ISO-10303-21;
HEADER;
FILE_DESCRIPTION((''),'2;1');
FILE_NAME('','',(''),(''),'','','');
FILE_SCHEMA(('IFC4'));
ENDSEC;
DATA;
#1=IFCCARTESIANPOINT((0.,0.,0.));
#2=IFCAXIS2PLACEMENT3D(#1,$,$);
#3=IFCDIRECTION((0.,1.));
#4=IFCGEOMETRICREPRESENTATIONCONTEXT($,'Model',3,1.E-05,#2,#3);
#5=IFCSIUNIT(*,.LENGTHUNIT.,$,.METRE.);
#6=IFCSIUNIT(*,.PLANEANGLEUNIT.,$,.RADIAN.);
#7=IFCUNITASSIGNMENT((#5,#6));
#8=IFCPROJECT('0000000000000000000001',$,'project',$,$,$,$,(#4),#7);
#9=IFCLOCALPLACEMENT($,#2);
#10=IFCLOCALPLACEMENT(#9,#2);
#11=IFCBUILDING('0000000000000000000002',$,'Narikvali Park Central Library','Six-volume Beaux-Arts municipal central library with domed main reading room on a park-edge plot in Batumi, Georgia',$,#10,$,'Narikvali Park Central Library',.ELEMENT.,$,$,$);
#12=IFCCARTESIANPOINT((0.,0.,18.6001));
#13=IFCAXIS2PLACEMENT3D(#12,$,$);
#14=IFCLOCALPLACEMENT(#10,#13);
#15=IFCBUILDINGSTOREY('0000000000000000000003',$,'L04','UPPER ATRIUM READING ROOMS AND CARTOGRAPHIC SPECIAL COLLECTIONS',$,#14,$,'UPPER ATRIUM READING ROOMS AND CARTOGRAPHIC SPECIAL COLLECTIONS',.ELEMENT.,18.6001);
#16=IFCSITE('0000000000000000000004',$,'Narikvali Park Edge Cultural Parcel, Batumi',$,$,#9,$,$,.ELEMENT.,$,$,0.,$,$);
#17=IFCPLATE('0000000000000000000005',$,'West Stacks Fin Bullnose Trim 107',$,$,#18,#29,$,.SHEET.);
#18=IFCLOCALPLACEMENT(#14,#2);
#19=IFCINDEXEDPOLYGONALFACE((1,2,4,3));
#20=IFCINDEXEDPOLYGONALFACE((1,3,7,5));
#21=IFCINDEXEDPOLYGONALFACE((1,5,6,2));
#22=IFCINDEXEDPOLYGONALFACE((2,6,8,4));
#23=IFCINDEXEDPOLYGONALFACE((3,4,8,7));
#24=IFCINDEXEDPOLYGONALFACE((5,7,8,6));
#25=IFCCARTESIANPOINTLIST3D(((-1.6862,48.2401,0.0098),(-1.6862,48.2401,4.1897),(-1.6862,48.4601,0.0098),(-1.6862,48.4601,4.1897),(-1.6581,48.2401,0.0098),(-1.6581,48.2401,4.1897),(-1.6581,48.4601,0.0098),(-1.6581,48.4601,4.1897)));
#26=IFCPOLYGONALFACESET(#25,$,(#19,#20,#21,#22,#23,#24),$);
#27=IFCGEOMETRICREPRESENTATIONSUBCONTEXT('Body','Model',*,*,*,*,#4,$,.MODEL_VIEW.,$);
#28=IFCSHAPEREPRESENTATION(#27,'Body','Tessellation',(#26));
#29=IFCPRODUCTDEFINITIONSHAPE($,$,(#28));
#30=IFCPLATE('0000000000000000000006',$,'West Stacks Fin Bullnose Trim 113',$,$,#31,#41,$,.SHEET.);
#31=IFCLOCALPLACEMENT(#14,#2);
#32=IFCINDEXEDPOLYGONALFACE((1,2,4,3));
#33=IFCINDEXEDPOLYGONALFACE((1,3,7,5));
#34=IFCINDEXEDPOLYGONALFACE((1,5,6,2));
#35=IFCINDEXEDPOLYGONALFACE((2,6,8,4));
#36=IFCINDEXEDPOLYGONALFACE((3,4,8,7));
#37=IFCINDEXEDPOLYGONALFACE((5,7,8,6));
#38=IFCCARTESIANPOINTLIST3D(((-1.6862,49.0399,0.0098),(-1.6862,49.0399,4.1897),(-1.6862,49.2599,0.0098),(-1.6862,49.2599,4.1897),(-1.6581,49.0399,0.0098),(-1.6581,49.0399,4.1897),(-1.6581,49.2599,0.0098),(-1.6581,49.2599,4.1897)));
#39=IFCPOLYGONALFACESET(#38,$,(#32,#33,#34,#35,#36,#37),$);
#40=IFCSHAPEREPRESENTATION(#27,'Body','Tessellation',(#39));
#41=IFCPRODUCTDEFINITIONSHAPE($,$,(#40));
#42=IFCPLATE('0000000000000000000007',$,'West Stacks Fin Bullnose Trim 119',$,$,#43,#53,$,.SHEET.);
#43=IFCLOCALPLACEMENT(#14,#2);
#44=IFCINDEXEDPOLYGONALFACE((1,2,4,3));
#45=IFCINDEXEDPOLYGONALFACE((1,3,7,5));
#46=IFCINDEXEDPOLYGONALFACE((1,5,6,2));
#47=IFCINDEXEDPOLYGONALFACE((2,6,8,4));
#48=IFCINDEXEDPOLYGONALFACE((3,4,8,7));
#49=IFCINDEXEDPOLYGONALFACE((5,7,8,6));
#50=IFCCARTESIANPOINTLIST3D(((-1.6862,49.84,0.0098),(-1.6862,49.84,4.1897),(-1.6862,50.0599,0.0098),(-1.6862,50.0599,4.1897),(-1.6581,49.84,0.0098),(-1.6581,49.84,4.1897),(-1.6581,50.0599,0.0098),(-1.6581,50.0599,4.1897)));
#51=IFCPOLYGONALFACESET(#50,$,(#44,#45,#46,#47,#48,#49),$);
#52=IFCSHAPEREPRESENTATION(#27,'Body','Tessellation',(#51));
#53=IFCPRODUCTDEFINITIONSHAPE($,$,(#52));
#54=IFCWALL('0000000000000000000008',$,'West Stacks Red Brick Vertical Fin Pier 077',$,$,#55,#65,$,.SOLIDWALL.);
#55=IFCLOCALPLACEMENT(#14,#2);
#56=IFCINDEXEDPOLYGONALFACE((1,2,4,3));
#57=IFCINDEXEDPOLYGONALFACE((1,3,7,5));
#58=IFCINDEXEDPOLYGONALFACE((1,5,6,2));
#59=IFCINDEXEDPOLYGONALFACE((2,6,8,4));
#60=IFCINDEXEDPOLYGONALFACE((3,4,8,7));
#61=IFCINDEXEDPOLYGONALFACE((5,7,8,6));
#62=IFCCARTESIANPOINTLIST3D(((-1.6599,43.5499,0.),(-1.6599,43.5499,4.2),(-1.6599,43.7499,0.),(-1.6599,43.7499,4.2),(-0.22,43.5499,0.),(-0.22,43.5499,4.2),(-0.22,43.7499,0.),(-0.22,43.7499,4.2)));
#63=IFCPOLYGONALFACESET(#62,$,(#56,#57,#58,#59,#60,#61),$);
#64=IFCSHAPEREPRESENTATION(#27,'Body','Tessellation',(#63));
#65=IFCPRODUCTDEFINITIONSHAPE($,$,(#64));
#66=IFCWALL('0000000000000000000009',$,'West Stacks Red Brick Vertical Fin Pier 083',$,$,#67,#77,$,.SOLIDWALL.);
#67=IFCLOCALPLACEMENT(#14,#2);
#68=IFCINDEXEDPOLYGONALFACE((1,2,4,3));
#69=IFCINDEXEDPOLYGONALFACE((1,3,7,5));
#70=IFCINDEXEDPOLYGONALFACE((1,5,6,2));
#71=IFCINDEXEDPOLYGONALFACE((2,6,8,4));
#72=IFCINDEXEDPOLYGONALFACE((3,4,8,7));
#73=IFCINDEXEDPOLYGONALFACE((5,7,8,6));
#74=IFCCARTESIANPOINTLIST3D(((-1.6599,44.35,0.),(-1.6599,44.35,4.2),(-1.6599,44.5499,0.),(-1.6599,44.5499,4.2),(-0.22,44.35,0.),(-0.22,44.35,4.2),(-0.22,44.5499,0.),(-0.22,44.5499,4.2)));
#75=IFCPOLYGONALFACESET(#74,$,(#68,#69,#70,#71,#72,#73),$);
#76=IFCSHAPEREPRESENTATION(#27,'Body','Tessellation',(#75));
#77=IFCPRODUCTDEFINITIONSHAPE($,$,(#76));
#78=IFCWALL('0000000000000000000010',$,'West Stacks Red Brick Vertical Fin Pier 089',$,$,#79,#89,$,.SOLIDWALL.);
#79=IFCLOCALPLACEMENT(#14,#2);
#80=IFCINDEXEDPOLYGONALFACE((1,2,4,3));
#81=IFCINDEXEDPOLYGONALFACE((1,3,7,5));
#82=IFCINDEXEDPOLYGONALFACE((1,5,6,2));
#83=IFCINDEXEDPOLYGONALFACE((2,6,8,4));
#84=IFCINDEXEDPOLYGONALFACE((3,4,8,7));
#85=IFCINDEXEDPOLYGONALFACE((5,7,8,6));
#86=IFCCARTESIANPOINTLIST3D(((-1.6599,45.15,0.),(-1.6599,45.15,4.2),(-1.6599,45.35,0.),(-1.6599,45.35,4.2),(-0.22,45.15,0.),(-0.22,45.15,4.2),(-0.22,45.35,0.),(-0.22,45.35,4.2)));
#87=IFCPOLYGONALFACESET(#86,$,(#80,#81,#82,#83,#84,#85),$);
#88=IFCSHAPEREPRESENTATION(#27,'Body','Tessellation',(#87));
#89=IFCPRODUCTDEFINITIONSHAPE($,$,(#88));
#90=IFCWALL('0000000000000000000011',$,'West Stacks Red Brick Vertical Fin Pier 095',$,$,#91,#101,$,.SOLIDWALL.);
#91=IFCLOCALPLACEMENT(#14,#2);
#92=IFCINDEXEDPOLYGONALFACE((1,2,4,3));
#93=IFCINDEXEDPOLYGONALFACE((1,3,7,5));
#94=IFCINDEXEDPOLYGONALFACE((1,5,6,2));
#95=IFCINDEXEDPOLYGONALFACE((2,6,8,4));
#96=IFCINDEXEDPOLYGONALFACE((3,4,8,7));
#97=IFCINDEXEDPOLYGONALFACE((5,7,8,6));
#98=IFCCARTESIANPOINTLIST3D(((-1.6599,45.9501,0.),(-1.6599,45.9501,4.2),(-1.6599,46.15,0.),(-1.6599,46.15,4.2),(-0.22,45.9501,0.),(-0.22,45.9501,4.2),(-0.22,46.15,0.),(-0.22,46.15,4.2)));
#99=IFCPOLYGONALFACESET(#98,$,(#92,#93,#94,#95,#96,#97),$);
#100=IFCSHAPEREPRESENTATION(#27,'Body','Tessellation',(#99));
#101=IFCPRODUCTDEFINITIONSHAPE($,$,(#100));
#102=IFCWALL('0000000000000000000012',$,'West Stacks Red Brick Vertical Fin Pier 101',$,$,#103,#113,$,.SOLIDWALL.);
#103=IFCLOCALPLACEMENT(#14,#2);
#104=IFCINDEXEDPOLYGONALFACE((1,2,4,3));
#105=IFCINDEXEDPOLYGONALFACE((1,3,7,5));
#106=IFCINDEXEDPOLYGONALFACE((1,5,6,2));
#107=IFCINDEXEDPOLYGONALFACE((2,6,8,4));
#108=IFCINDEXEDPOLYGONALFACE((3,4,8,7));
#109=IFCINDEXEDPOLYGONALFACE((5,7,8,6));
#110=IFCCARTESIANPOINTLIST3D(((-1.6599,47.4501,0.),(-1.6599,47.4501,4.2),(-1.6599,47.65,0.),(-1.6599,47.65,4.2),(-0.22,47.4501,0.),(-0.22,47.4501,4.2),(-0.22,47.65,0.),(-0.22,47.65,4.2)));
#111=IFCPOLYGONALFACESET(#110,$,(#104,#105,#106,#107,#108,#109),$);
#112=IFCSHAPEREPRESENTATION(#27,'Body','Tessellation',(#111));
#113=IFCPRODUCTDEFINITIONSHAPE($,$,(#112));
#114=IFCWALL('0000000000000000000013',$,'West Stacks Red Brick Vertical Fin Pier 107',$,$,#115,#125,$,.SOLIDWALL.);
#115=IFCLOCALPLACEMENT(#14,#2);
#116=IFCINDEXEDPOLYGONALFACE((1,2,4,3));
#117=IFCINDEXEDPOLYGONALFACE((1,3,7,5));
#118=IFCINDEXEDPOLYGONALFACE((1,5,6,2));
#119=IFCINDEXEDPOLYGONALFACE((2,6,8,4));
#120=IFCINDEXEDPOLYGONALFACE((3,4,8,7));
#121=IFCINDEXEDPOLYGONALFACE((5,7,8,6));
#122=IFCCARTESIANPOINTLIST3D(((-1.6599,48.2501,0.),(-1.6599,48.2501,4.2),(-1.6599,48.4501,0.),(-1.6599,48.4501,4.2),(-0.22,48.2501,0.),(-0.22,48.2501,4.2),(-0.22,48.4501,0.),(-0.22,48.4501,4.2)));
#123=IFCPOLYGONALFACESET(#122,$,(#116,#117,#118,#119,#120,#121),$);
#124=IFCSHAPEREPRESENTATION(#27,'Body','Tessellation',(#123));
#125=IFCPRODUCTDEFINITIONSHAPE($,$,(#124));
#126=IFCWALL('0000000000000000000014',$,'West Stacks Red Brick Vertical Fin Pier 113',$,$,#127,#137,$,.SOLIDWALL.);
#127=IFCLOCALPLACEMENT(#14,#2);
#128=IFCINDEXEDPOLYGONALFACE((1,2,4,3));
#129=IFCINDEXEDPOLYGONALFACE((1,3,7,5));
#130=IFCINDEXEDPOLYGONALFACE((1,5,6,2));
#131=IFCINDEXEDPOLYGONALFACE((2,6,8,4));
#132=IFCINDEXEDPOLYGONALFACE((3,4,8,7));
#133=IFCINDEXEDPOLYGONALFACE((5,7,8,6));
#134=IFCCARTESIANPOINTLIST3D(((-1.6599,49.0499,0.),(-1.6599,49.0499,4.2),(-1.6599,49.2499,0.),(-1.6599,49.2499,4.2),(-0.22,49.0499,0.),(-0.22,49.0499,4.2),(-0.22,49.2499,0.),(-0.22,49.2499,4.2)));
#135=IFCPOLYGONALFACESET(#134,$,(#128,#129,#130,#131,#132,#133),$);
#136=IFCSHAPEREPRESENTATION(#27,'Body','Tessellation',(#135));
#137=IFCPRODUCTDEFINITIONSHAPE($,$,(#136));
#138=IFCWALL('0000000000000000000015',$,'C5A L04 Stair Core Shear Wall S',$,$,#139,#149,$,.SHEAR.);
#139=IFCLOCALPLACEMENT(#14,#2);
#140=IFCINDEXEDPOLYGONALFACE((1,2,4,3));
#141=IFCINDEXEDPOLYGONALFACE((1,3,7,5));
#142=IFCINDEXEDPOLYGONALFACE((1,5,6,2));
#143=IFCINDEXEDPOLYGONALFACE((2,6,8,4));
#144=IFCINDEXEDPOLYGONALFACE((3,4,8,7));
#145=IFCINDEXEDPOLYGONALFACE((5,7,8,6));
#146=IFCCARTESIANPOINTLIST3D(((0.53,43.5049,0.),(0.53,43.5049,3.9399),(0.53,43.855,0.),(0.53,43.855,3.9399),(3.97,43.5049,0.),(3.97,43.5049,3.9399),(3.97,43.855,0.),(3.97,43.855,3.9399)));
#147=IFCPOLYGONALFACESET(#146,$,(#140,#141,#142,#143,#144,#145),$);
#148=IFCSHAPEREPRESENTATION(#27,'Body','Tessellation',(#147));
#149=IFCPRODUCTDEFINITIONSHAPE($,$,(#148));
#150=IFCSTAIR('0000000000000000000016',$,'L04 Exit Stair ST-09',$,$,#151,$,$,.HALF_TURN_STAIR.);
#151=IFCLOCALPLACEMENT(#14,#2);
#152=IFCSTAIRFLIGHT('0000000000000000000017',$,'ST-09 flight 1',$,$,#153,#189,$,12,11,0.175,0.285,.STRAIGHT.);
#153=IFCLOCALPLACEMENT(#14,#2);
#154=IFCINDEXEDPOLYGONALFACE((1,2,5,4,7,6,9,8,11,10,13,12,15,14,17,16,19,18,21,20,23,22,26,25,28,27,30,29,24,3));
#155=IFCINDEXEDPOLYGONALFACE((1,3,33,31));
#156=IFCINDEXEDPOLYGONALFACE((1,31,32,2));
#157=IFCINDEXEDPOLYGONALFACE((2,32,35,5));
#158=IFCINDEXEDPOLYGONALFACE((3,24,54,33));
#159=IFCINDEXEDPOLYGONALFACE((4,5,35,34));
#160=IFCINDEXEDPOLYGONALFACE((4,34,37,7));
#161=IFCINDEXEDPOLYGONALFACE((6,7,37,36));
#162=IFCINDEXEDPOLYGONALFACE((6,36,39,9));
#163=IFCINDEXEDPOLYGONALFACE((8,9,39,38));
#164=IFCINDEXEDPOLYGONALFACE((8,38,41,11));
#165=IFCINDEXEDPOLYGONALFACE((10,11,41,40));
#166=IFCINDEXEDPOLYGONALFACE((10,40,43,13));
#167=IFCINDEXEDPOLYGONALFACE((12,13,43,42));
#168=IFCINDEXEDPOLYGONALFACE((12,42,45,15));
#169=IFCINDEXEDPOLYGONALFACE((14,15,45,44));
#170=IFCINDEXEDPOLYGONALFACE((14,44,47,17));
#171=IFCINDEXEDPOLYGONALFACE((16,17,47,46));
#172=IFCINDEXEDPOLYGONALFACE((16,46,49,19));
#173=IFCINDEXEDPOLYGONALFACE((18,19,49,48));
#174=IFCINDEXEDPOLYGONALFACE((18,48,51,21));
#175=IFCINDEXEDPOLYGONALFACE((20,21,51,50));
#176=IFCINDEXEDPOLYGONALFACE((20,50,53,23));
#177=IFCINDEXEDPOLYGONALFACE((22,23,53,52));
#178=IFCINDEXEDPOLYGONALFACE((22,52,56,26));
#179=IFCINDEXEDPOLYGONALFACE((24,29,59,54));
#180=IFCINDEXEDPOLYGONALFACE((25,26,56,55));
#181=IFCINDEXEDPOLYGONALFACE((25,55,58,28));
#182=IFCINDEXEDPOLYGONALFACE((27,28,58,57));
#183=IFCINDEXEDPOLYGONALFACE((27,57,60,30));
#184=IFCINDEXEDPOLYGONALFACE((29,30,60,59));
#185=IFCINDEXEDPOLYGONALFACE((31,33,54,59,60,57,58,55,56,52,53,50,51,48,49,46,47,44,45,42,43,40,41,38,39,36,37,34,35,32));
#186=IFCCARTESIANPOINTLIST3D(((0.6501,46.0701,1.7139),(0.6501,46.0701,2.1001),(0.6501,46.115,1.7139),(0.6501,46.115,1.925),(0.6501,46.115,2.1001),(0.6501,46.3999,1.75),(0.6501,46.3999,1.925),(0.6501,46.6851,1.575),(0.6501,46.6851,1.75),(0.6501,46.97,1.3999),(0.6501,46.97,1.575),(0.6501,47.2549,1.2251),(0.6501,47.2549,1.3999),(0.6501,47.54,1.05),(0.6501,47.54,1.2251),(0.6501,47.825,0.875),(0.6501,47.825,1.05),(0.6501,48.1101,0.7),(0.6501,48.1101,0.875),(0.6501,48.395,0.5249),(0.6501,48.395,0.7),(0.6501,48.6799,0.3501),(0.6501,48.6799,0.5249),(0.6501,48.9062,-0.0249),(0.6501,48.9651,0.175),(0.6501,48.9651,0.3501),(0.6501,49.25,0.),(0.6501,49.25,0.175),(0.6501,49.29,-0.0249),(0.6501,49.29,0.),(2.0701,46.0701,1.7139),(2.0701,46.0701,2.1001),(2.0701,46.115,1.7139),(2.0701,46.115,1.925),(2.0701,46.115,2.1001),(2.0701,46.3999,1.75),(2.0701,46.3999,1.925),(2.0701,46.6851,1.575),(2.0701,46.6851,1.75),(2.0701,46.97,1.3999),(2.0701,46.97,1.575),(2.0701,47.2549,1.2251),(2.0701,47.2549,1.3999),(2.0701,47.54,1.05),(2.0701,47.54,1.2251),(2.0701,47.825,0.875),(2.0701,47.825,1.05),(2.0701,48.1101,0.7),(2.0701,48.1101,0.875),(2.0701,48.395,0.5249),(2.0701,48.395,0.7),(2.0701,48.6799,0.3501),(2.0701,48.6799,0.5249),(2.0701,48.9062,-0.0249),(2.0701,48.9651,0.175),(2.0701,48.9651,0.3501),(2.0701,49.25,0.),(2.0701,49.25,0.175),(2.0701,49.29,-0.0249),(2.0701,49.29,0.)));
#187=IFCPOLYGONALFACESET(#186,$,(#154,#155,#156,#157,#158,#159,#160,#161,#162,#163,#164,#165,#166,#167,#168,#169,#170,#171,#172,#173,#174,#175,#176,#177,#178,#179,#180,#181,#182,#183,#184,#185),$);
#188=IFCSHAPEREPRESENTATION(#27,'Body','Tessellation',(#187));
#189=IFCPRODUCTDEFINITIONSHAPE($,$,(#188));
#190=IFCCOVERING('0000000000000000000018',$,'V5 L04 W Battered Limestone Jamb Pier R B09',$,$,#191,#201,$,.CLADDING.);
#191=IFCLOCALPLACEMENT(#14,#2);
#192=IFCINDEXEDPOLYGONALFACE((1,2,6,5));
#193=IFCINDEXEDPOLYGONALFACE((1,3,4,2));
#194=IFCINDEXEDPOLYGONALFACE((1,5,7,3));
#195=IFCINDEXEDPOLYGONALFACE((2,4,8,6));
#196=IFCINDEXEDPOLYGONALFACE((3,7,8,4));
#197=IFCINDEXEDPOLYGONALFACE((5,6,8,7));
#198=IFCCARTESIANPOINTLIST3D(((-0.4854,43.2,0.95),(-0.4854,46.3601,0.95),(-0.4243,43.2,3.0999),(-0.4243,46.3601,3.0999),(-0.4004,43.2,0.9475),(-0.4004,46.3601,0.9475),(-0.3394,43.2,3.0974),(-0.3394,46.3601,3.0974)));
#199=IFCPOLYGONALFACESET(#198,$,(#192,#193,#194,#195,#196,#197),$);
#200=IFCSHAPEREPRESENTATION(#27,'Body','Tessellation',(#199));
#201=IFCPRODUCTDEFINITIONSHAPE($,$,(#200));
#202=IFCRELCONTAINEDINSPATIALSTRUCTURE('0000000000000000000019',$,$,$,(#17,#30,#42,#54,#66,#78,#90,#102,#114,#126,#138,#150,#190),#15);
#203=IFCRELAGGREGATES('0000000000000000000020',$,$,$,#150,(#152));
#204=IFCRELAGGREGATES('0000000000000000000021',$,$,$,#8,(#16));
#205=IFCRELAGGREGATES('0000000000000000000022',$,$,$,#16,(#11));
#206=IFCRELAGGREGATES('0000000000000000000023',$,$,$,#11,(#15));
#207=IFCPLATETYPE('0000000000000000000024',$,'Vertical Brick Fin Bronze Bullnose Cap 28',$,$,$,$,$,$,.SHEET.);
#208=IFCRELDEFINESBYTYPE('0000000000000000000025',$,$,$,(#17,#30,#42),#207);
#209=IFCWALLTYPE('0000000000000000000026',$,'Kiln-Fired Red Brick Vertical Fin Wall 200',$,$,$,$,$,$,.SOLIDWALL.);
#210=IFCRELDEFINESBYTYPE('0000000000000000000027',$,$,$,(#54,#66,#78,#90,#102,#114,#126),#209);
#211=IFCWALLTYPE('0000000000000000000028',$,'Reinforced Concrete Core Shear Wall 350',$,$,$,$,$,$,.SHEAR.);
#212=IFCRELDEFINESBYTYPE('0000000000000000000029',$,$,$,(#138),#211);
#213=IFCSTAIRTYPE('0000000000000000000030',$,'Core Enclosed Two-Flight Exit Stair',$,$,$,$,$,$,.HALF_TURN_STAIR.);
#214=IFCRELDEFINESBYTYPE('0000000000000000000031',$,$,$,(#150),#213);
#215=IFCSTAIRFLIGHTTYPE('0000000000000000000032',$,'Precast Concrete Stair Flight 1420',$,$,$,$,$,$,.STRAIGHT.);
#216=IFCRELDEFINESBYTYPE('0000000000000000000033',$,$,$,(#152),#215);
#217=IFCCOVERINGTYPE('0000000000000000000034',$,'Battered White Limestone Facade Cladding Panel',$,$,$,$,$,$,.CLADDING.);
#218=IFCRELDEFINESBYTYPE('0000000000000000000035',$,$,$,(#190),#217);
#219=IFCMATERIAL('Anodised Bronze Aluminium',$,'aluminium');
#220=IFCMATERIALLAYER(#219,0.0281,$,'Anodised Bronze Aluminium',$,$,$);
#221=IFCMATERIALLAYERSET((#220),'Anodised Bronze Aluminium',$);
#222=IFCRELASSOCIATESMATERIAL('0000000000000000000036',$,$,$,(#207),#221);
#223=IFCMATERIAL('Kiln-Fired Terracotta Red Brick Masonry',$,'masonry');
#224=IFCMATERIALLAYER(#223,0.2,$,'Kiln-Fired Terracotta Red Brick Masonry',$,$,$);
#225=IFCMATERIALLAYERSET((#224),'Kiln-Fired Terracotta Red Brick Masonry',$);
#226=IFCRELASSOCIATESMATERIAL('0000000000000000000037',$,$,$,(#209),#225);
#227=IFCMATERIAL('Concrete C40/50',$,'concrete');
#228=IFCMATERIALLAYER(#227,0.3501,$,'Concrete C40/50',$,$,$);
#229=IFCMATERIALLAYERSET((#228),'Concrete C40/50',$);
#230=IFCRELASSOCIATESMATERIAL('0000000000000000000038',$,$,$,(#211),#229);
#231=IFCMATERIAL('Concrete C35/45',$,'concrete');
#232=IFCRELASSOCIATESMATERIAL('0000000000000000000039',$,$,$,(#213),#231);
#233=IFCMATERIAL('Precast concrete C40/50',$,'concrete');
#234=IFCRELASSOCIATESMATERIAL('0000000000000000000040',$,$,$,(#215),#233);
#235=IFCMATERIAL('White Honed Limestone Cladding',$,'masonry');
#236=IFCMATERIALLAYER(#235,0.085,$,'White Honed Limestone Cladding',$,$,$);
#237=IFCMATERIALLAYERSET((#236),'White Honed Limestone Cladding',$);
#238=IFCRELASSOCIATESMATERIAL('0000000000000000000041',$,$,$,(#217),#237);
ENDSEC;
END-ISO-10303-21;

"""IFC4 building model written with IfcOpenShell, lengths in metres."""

from ifc_helpers import new_model, si_unit, direction, frame, frame_2d, origin, origin_2d, place, context, subcontext, project, spatial, polyline, rectangle, outline, extrude, material, layer, layer_set, type_object, element, aggregate, save


model = new_model("IFC4")

# Units and contexts
model_context = context("Model", 3, precision=1e-05, world=origin(), true_north=direction((0.0, 1.0)))
body_context = subcontext(model_context, "Body", "Model", "MODEL_VIEW")
ifc_project = project(units=[si_unit("LENGTHUNIT", "METRE"), si_unit("PLANEANGLEUNIT", "RADIAN")], contexts=[model_context])

# Site, building, storey
site_placement = place(None, origin())
site = spatial("IfcSite", under=ifc_project, at=site_placement, Name="Narikvali Park Edge Cultural Parcel, Batumi", CompositionType="ELEMENT", RefElevation=0.0)
building_placement = place(site_placement, origin())
building = spatial("IfcBuilding", under=site, at=building_placement, Name="Narikvali Park Central Library", Description="Six-volume Beaux-Arts municipal central library with domed main reading room on a park-edge plot in Batumi, Georgia", LongName="Narikvali Park Central Library", CompositionType="ELEMENT")
storey_placement = place(building_placement, frame((0.0, 0.0, 18.6001)))
storey = spatial("IfcBuildingStorey", under=building, at=storey_placement, Name="L04", Description="UPPER ATRIUM READING ROOMS AND CARTOGRAPHIC SPECIAL COLLECTIONS", LongName="UPPER ATRIUM READING ROOMS AND CARTOGRAPHIC SPECIAL COLLECTIONS", CompositionType="ELEMENT", Elevation=18.6001)

# Plates
ifc_material_1 = material(Name="Anodised Bronze Aluminium", Category="aluminium")
ifc_layer_1 = layer(ifc_material_1, 0.0281, Name="Anodised Bronze Aluminium")
ifc_layer_set_1 = layer_set([ifc_layer_1], Name="Anodised Bronze Aluminium")
plate_type = type_object("IfcPlateType", Name="Vertical Brick Fin Bronze Bullnose Cap 28", PredefinedType="SHEET", material=ifc_layer_set_1)
for number, where, z_axis, x_axis, name in (
    (1, (-1.6721, 48.3501, 0.0098), (0.0, 0.0, 1.0), (1.0, 0.0, 0.0), "West Stacks Fin Bullnose Trim 107"),
    (2, (-1.6721, 49.1499, 0.0098), (0.0, 0.0, 1.0), (1.0, 0.0, 0.0), "West Stacks Fin Bullnose Trim 113"),
    (3, (-1.6721, 49.95, 0.0098), (0.0, 0.0, 1.0), (1.0, 0.0, 0.0), "West Stacks Fin Bullnose Trim 119"),
):
    element("IfcPlate", number, at=place(storey_placement, frame(where, z_axis=z_axis, x_axis=x_axis)), inside=storey, type_object=plate_type, Name=name, PredefinedType="SHEET", context=body_context, shape_type="SweptSolid", body=[
        extrude(rectangle(XDim=0.0281, YDim=0.22, at=origin_2d()), origin(), (0.0, 0.0, 1.0), 4.1799),
    ])

# Walls
ifc_material_2 = material(Name="Kiln-Fired Terracotta Red Brick Masonry", Category="masonry")
ifc_layer_2 = layer(ifc_material_2, 0.2, Name="Kiln-Fired Terracotta Red Brick Masonry")
ifc_layer_set_2 = layer_set([ifc_layer_2], Name="Kiln-Fired Terracotta Red Brick Masonry")
wall_type_1 = type_object("IfcWallType", Name="Kiln-Fired Red Brick Vertical Fin Wall 200", PredefinedType="SOLIDWALL", material=ifc_layer_set_2)
for number, where, z_axis, x_axis, name in (
    (4, (-1.6599, 43.6499, 0.0), (0.0, 0.0, 1.0), (1.0, 0.0, 0.0), "West Stacks Red Brick Vertical Fin Pier 077"),
    (5, (-1.6599, 44.45, 0.0), (0.0, 0.0, 1.0), (1.0, 0.0, 0.0), "West Stacks Red Brick Vertical Fin Pier 083"),
    (6, (-1.6599, 45.25, 0.0), (0.0, 0.0, 1.0), (1.0, 0.0, 0.0), "West Stacks Red Brick Vertical Fin Pier 089"),
    (7, (-1.6599, 46.05, 0.0), (0.0, 0.0, 1.0), (1.0, 0.0, 0.0), "West Stacks Red Brick Vertical Fin Pier 095"),
    (8, (-1.6599, 47.55, 0.0), (0.0, 0.0, 1.0), (1.0, 0.0, 0.0), "West Stacks Red Brick Vertical Fin Pier 101"),
    (9, (-1.6599, 48.3501, 0.0), (0.0, 0.0, 1.0), (1.0, 0.0, 0.0), "West Stacks Red Brick Vertical Fin Pier 107"),
    (10, (-1.6599, 49.1499, 0.0), (0.0, 0.0, 1.0), (1.0, 0.0, 0.0), "West Stacks Red Brick Vertical Fin Pier 113"),
):
    element("IfcWall", number, at=place(storey_placement, frame(where, z_axis=z_axis, x_axis=x_axis)), inside=storey, type_object=wall_type_1, Name=name, PredefinedType="SOLIDWALL", context=body_context, shape_type="SweptSolid", body=[
        extrude(rectangle(XDim=1.4399, YDim=0.2, at=frame_2d((0.72, 0.0))), origin(), (0.0, 0.0, 1.0), 4.2),
    ])
ifc_material_3 = material(Name="Concrete C40/50", Category="concrete")
ifc_layer_3 = layer(ifc_material_3, 0.3501, Name="Concrete C40/50")
ifc_layer_set_3 = layer_set([ifc_layer_3], Name="Concrete C40/50")
wall_type_2 = type_object("IfcWallType", Name="Reinforced Concrete Core Shear Wall 350", PredefinedType="SHEAR", material=ifc_layer_set_3)
wall_placement = place(storey_placement, frame((0.53, 43.6799, 0.0), z_axis=(0.0, 0.0, 1.0), x_axis=(1.0, 0.0, 0.0)))
element("IfcWall", 11, at=wall_placement, inside=storey, type_object=wall_type_2, Name="C5A L04 Stair Core Shear Wall S", PredefinedType="SHEAR", context=body_context, shape_type="SweptSolid", body=[
    extrude(rectangle(XDim=3.4399, YDim=0.3501, at=frame_2d((1.72, 0.0))), origin(), (0.0, 0.0, 1.0), 3.9399),
])

# Stair, stair flight
ifc_material_4 = material(Name="Concrete C35/45", Category="concrete")
stair_type = type_object("IfcStairType", Name="Core Enclosed Two-Flight Exit Stair", PredefinedType="HALF_TURN_STAIR", material=ifc_material_4)
stair_placement = place(storey_placement, origin())
stair = element("IfcStair", 12, at=stair_placement, inside=storey, type_object=stair_type, Name="L04 Exit Stair ST-09", PredefinedType="HALF_TURN_STAIR")
ifc_material_5 = material(Name="Precast concrete C40/50", Category="concrete")
stair_flight_type = type_object("IfcStairFlightType", Name="Precast Concrete Stair Flight 1420", PredefinedType="STRAIGHT", material=ifc_material_5)
stair_flight_placement = place(storey_placement, frame((1.3601, 49.25, 0.0), z_axis=(0.0, 0.0, 1.0), x_axis=(0.0, -1.0, 0.0)))
stair_flight = element("IfcStairFlight", 13, at=stair_flight_placement, type_object=stair_flight_type, Name="ST-09 flight 1", NumberOfRisers=12, NumberOfTreads=11, PredefinedType="STRAIGHT", RiserHeight=0.175, TreadLength=0.285, context=body_context, shape_type="SweptSolid", body=[
    extrude(outline(polyline([(-0.04, -0.0249), (-0.04, 0.0), (0.0, 0.0), (0.0, 0.175), (0.2849, 0.175), (0.2849, 0.3501), (0.5701, 0.3501), (0.5701, 0.5249), (0.855, 0.5249), (0.855, 0.7), (1.1399, 0.7), (1.1399, 0.875), (1.425, 0.875), (1.425, 1.05), (1.71, 1.05), (1.71, 1.2251), (1.9951, 1.2251), (1.9951, 1.3999), (2.28, 1.3999), (2.28, 1.575), (2.5649, 1.575), (2.5649, 1.75), (2.8501, 1.75), (2.8501, 1.925), (3.135, 1.925), (3.135, 2.1001), (3.1799, 2.1001), (3.1799, 1.7139), (3.135, 1.7139), (0.3438, -0.0249), (-0.04, -0.0249)])), frame((0.0, 0.71, 0.0), z_axis=(0.0, -1.0, 0.0), x_axis=(1.0, 0.0, 0.0)), (0.0, 0.0, 1.0), 1.4199),
])
aggregate(stair, [stair_flight])

# Covering
ifc_material_6 = material(Name="White Honed Limestone Cladding", Category="masonry")
ifc_layer_4 = layer(ifc_material_6, 0.085, Name="White Honed Limestone Cladding")
ifc_layer_set_4 = layer_set([ifc_layer_4], Name="White Honed Limestone Cladding")
covering_type = type_object("IfcCoveringType", Name="Battered White Limestone Facade Cladding Panel", PredefinedType="CLADDING", material=ifc_layer_set_4)
covering_placement = place(storey_placement, frame((-0.4854, 46.3601, 0.95), z_axis=(-0.999597, 0.0, 0.028378), x_axis=(0.0, -1.0, 0.0)))
element("IfcCovering", 14, at=covering_placement, inside=storey, type_object=covering_type, Name="V5 L04 W Battered Limestone Jamb Pier R B09", PredefinedType="CLADDING", context=body_context, shape_type="SweptSolid", body=[
    extrude(outline(polyline([(0.0, 0.0), (3.1602, 0.0), (3.1602, 2.1508), (0.0, 2.1508), (0.0, 0.0)])), origin(), (0.0, 0.0, -1.0), 0.085),
])

save(model, "model.ifc")
